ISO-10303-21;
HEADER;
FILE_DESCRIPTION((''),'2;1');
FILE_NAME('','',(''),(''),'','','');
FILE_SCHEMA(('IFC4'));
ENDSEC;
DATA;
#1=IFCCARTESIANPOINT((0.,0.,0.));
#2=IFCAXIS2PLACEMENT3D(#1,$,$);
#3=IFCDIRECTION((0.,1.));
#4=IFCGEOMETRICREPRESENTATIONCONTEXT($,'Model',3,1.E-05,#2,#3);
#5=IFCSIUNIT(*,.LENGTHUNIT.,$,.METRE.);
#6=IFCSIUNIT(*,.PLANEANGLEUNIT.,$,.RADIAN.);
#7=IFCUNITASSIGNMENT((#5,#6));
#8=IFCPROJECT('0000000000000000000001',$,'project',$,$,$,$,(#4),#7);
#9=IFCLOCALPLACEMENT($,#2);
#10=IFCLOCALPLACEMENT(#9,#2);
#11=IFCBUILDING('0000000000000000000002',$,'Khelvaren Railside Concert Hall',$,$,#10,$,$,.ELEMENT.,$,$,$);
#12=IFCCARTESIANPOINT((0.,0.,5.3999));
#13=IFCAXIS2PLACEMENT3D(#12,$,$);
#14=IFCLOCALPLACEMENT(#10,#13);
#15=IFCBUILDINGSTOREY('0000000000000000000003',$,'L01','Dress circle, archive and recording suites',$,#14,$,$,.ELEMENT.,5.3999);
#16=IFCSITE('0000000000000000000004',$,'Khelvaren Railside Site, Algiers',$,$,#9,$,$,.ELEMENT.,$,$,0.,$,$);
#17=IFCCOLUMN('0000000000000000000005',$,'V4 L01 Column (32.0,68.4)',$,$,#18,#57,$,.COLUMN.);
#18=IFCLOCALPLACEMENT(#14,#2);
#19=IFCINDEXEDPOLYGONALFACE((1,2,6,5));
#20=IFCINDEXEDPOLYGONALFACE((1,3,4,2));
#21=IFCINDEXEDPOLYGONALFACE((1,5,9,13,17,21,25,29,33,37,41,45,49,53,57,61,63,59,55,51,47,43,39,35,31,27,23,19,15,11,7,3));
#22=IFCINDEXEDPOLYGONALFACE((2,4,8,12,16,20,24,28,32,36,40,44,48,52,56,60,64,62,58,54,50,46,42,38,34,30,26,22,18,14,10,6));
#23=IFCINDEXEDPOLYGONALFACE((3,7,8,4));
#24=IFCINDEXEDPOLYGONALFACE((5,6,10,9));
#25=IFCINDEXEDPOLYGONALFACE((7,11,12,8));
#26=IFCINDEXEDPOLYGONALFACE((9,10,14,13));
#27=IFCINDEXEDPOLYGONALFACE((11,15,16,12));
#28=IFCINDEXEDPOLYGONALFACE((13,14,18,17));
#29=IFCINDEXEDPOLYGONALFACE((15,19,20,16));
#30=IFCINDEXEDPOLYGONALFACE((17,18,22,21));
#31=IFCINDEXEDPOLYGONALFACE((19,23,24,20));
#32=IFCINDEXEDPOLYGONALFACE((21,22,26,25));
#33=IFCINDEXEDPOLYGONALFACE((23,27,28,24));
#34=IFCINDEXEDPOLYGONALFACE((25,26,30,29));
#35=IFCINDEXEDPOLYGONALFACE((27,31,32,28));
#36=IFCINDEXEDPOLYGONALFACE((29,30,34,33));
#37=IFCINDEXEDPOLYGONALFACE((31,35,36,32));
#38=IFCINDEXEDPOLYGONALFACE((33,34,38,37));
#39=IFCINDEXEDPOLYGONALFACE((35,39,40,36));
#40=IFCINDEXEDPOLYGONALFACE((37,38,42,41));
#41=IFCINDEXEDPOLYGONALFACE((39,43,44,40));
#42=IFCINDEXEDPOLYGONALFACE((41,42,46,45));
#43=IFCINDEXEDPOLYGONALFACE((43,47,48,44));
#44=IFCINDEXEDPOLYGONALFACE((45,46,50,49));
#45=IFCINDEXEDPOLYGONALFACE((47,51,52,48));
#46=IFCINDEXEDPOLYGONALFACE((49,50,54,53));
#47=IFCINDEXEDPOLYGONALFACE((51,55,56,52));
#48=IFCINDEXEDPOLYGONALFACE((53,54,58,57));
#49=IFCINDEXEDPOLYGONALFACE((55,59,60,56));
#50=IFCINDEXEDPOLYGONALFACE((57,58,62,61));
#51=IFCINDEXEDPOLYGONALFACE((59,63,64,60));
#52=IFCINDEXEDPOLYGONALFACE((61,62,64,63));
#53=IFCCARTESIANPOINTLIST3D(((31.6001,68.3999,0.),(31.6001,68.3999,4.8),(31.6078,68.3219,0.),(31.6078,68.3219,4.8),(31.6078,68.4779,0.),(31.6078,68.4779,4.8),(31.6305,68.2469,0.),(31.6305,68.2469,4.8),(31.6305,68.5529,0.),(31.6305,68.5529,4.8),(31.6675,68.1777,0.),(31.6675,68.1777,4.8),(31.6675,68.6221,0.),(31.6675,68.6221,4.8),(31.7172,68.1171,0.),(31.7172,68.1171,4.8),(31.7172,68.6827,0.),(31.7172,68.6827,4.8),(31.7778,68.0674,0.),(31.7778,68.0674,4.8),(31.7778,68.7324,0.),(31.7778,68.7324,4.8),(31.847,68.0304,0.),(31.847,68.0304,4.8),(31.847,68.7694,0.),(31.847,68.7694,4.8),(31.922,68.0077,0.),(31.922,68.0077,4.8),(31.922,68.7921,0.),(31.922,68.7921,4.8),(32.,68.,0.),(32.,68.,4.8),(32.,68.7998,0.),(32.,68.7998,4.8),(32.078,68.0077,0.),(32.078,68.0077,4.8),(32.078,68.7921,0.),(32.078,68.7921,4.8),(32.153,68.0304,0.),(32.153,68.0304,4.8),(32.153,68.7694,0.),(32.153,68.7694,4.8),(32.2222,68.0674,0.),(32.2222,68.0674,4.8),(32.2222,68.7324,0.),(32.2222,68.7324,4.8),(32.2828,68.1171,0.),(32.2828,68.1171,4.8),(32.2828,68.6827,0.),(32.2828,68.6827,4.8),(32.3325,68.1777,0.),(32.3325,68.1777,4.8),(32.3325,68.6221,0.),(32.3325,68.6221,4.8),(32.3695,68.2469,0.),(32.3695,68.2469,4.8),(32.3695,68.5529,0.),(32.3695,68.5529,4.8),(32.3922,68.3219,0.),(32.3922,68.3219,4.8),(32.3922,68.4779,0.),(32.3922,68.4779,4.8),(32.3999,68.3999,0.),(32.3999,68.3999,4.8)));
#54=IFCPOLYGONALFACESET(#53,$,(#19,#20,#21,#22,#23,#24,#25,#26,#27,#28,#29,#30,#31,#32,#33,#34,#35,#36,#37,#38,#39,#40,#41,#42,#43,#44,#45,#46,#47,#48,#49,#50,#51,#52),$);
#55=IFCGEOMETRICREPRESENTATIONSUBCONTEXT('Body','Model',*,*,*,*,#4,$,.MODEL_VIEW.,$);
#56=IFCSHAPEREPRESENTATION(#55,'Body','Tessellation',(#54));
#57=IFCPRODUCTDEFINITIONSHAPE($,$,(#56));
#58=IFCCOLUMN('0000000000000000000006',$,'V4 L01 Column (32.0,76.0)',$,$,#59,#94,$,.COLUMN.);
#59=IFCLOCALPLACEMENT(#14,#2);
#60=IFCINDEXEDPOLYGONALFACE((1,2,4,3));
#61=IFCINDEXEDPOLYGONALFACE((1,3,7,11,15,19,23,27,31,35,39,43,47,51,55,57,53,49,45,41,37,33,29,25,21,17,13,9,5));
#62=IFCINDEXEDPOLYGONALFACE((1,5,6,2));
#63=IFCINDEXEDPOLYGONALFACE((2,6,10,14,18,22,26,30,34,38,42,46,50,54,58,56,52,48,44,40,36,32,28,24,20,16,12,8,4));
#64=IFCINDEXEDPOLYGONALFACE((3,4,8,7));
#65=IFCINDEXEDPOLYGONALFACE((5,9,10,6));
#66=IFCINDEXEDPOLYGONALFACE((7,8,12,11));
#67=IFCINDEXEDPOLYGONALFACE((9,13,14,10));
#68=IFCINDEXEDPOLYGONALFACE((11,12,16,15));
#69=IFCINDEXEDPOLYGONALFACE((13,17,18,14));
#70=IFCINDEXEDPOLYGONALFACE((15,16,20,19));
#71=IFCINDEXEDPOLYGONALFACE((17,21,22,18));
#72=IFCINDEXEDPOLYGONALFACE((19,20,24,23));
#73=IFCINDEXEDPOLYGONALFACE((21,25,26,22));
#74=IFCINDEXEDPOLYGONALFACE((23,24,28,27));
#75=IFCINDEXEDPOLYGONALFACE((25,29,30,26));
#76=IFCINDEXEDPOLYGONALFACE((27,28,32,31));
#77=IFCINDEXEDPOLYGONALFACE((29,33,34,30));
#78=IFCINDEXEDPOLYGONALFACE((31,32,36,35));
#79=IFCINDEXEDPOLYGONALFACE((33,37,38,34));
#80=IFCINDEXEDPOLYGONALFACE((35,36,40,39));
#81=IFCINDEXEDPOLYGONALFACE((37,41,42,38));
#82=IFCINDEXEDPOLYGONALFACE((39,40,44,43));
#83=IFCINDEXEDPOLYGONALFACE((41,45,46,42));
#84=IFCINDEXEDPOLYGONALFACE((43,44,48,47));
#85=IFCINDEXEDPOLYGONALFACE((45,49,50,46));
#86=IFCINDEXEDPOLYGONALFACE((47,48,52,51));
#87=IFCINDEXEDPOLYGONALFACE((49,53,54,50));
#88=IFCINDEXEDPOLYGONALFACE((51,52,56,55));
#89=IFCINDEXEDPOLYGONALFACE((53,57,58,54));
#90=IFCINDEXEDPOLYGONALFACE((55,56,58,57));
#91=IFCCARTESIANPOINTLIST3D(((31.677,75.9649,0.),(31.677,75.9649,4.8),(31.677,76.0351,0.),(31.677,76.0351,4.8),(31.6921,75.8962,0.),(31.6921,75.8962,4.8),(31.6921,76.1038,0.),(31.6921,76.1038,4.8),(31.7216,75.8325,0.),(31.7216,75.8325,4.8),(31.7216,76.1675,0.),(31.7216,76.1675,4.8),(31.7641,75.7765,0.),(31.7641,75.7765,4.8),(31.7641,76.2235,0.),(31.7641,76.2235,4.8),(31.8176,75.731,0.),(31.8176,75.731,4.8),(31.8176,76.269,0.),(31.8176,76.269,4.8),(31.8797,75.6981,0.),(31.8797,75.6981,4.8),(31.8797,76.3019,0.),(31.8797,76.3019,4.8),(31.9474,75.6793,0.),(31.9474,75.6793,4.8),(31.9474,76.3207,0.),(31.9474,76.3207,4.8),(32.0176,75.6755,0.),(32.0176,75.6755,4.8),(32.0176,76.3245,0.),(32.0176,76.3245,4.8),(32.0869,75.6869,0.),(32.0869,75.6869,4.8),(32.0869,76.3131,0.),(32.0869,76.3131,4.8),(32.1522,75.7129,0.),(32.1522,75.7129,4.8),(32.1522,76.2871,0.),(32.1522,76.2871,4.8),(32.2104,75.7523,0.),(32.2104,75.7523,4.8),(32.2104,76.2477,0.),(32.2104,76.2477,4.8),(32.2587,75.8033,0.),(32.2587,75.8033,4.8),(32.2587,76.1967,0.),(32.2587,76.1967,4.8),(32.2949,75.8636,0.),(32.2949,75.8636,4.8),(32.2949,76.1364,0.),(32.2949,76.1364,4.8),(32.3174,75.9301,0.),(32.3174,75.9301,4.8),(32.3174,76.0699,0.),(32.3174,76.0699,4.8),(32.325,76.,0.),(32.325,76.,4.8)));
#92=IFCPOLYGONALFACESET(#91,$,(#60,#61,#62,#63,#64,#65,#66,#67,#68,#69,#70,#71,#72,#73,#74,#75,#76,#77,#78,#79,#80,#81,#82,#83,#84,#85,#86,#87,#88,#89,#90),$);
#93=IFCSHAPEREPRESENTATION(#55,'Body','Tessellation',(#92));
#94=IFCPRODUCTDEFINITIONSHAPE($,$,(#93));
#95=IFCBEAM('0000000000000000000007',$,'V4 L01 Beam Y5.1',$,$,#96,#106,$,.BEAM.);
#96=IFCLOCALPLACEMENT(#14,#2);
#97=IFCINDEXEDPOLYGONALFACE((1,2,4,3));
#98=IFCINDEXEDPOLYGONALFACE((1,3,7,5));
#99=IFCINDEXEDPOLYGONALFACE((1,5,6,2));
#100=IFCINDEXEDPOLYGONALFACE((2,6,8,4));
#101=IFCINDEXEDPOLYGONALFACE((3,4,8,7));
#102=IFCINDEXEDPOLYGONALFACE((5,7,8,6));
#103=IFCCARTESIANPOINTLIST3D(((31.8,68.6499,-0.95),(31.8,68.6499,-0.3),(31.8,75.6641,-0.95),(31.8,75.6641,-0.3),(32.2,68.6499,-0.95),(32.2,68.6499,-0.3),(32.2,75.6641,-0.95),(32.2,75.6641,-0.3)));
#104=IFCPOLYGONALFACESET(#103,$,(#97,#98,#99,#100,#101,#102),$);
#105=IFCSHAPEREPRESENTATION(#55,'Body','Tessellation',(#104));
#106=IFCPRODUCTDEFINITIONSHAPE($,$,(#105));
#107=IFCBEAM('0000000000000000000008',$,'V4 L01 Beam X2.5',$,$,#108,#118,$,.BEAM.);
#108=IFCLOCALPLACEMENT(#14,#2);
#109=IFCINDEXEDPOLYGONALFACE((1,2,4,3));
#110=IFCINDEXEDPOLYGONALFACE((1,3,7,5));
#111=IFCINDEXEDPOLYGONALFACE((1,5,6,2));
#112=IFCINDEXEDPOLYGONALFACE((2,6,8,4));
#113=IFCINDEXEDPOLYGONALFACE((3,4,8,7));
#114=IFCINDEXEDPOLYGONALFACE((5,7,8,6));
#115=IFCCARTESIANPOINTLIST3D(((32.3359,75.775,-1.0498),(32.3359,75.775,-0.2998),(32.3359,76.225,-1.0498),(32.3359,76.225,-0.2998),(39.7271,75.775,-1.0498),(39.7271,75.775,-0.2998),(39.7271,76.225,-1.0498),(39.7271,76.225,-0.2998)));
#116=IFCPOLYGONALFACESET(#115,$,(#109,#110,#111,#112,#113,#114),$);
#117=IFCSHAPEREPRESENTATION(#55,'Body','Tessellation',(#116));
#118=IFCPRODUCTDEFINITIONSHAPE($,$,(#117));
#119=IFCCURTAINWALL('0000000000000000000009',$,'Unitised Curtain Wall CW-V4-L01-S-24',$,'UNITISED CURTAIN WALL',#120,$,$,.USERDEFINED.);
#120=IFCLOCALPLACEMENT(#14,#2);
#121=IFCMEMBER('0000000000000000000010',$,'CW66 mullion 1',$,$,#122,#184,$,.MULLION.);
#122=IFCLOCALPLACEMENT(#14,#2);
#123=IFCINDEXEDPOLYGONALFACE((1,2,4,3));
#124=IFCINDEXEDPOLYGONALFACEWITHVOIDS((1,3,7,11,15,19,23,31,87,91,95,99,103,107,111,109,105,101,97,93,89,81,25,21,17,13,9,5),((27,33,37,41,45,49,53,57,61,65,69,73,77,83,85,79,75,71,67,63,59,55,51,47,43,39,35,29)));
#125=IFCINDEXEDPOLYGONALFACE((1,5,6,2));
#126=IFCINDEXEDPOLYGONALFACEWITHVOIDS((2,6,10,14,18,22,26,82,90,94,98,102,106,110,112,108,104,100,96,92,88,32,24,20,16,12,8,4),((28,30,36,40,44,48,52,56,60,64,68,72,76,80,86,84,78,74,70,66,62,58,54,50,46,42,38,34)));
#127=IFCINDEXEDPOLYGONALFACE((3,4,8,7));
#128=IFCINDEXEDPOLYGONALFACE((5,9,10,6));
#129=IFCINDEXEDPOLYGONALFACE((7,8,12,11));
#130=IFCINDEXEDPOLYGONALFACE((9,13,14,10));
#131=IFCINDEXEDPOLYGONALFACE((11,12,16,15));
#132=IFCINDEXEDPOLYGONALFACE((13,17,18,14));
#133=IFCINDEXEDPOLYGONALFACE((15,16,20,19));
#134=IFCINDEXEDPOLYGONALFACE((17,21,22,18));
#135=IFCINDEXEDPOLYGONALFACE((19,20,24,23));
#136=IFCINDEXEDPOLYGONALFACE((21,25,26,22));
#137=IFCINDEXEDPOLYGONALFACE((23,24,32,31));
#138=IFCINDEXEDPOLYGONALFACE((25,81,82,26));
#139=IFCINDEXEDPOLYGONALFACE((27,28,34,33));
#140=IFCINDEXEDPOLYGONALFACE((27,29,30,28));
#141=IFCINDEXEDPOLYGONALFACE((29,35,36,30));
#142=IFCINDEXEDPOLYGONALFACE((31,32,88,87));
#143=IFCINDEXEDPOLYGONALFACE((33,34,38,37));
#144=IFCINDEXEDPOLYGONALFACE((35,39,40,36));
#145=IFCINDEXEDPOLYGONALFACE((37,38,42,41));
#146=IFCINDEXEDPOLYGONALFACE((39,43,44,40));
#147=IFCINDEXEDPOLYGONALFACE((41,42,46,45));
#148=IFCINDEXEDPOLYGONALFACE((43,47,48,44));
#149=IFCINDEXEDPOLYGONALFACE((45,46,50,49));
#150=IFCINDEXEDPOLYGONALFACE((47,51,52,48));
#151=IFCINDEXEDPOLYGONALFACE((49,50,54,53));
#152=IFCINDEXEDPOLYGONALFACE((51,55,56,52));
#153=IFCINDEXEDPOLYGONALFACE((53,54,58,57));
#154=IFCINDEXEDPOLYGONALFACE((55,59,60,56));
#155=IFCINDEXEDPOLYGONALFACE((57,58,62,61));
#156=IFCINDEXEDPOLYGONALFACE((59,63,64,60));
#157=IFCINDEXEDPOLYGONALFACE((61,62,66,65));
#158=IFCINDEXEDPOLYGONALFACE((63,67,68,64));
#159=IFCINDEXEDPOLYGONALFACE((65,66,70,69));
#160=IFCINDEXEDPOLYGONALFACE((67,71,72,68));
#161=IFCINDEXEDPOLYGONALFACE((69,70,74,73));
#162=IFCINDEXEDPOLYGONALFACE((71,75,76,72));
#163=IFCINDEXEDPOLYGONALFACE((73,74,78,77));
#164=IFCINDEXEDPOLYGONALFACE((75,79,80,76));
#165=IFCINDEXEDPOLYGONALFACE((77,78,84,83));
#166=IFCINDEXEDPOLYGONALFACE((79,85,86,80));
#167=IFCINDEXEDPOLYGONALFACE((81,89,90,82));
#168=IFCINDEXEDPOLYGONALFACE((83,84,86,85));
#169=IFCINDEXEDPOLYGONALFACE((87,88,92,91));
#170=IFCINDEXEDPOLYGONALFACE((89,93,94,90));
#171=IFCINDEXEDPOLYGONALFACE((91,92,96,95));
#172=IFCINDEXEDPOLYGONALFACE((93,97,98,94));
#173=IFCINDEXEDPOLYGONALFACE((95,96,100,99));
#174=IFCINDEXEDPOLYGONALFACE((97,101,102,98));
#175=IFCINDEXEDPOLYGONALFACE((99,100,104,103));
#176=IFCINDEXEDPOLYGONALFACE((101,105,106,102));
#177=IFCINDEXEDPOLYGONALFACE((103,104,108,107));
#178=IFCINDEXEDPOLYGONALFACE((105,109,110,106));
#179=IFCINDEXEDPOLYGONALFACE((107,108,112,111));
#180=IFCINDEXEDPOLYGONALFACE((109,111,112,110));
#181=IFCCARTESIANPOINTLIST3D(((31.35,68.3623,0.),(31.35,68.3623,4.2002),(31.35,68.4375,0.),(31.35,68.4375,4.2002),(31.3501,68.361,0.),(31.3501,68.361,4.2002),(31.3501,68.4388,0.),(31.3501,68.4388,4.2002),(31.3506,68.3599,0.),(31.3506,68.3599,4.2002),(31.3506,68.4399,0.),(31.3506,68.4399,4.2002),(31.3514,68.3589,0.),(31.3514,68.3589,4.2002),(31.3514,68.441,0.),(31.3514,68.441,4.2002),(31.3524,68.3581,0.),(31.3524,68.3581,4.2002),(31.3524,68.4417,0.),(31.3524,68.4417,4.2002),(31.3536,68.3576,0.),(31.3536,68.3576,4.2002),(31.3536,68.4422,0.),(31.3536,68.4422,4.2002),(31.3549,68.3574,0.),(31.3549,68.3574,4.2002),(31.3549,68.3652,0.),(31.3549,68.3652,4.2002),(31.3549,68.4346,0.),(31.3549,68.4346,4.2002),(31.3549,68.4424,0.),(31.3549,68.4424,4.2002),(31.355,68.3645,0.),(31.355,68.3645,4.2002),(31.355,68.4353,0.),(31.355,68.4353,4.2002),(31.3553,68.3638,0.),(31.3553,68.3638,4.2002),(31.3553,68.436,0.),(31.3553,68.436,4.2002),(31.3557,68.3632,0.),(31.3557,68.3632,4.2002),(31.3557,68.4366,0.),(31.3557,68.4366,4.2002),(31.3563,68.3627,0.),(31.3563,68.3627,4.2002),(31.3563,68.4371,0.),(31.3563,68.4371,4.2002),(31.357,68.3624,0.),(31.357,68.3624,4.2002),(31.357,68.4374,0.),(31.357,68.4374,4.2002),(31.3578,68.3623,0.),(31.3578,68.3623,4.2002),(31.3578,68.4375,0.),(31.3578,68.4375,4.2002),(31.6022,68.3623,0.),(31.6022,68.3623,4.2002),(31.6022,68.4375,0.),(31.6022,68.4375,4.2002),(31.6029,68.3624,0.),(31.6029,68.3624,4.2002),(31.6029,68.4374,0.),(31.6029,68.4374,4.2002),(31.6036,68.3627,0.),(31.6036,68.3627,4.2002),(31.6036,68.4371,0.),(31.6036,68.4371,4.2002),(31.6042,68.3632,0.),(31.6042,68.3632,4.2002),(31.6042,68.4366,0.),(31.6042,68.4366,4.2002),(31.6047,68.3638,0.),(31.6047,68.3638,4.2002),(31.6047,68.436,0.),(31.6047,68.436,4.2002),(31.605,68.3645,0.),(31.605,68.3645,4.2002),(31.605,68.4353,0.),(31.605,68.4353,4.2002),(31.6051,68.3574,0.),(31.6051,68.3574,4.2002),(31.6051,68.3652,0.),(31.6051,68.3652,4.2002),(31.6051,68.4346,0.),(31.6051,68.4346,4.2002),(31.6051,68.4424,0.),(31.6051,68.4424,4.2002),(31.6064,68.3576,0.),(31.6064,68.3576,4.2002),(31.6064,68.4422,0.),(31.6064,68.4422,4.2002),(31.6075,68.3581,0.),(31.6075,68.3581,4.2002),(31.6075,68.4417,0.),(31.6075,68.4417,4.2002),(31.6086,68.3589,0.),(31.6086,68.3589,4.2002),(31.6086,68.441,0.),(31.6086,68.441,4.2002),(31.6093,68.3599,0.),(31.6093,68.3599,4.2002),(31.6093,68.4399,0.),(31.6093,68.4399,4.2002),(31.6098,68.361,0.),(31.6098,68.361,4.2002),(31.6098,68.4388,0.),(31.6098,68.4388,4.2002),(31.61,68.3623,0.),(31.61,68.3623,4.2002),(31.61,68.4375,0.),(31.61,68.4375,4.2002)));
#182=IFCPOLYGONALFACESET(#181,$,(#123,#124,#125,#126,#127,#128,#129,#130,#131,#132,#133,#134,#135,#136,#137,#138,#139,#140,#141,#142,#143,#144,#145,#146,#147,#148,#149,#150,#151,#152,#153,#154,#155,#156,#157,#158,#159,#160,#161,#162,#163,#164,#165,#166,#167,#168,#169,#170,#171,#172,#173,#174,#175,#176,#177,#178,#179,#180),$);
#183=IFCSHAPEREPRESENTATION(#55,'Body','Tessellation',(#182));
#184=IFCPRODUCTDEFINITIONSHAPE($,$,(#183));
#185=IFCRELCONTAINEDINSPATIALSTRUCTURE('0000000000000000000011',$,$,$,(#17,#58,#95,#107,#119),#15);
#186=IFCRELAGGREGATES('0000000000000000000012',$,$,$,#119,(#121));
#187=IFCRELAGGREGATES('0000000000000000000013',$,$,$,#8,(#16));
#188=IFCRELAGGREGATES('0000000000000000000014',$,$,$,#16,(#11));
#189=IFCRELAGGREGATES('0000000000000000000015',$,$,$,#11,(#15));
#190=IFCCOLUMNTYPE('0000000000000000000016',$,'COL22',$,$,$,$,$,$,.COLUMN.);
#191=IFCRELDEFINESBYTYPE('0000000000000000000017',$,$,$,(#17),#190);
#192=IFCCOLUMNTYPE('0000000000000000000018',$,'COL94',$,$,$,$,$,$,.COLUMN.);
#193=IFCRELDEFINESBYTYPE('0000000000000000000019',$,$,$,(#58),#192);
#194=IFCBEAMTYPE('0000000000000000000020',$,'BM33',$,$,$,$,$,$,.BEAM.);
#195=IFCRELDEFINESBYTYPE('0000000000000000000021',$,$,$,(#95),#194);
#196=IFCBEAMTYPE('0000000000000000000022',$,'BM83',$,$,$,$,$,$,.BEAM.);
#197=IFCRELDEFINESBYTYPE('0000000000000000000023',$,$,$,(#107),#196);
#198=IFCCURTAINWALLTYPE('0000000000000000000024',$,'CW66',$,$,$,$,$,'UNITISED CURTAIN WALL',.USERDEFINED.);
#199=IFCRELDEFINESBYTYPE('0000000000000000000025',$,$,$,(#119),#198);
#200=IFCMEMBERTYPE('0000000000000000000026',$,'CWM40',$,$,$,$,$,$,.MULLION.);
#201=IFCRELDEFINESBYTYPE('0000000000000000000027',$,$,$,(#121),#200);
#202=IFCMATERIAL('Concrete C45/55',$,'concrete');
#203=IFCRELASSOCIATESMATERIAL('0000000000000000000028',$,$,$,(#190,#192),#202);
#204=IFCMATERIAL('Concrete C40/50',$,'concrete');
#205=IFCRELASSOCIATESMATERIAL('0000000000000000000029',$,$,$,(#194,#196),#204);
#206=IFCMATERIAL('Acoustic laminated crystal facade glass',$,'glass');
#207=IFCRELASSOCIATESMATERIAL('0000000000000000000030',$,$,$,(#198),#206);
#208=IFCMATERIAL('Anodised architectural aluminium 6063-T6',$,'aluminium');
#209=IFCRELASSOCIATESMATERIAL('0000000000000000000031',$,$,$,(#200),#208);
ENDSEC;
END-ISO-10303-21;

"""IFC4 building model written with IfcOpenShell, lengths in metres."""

from ifc_helpers import new_model, si_unit, direction, frame, origin, origin_2d, place, context, subcontext, project, spatial, rectangle, hollow_rectangle, circle, extrude, material, material_profile, profile_set, type_object, element, aggregate, save


model = new_model("IFC4")

# Units and contexts
model_context = context("Model", 3, precision=1e-05, world=origin(), true_north=direction((0.0, 1.0)))
body_context = subcontext(model_context, "Body", "Model", "MODEL_VIEW")
ifc_project = project(units=[si_unit("LENGTHUNIT", "METRE"), si_unit("PLANEANGLEUNIT", "RADIAN")], contexts=[model_context])

# Site, building, storey
site_placement = place(None, origin())
site = spatial("IfcSite", under=ifc_project, at=site_placement, Name="Khelvaren Railside Site, Algiers", CompositionType="ELEMENT", RefElevation=0.0)
building_placement = place(site_placement, origin())
building = spatial("IfcBuilding", under=site, at=building_placement, Name="Khelvaren Railside Concert Hall", CompositionType="ELEMENT")
storey_placement = place(building_placement, frame((0.0, 0.0, 5.3999)))
storey = spatial("IfcBuildingStorey", under=building, at=storey_placement, Name="L01", Description="Dress circle, archive and recording suites", CompositionType="ELEMENT", Elevation=5.3999)

# Columns
ifc_material_1 = material(Name="Concrete C45/55", Category="concrete")
ifc_material_profile_1 = material_profile(ifc_material_1, circle(Radius=0.3999, at=origin_2d()), Name="RC D800")
ifc_profile_set_1 = profile_set([ifc_material_profile_1], Name="Concrete C45/55")
column_type_1 = type_object("IfcColumnType", Name="COL22", PredefinedType="COLUMN", material=ifc_profile_set_1)
column_1_placement = place(storey_placement, frame((32.0, 68.3999, 0.0), z_axis=(0.0, 0.0, 1.0), x_axis=(1.0, 0.0, 0.0)))
element("IfcColumn", 1, at=column_1_placement, inside=storey, type_object=column_type_1, Name="V4 L01 Column (32.0,68.4)", PredefinedType="COLUMN", context=body_context, shape_type="SweptSolid", body=[
    extrude(circle(Radius=0.3999, at=origin_2d()), origin(), (0.0, 0.0, 1.0), 4.8),
])
ifc_material_profile_2 = material_profile(ifc_material_1, circle(Radius=0.325, at=origin_2d()), Name="RC D650")
ifc_profile_set_2 = profile_set([ifc_material_profile_2], Name="Concrete C45/55")
column_type_2 = type_object("IfcColumnType", Name="COL94", PredefinedType="COLUMN", material=ifc_profile_set_2)
column_2_placement = place(storey_placement, frame((32.0, 76.0, 0.0), z_axis=(0.0, 0.0, 1.0), x_axis=(1.0, 0.0, 0.0)))
element("IfcColumn", 2, at=column_2_placement, inside=storey, type_object=column_type_2, Name="V4 L01 Column (32.0,76.0)", PredefinedType="COLUMN", context=body_context, shape_type="SweptSolid", body=[
    extrude(circle(Radius=0.325, at=origin_2d()), origin(), (0.0, 0.0, 1.0), 4.8),
])

# Beams
ifc_material_2 = material(Name="Concrete C40/50", Category="concrete")
ifc_material_profile_3 = material_profile(ifc_material_2, rectangle(XDim=0.3999, YDim=0.6499, at=origin_2d()), Name="RCB 400x650")
ifc_profile_set_3 = profile_set([ifc_material_profile_3], Name="Concrete C40/50")
beam_type_1 = type_object("IfcBeamType", Name="BM33", PredefinedType="BEAM", material=ifc_profile_set_3)
beam_1_placement = place(storey_placement, frame((32.0, 68.6499, -0.625), z_axis=(0.0, 1.0, 0.0), x_axis=(-1.0, 0.0, 0.0)))
element("IfcBeam", 3, at=beam_1_placement, inside=storey, type_object=beam_type_1, Name="V4 L01 Beam Y5.1", PredefinedType="BEAM", context=body_context, shape_type="SweptSolid", body=[
    extrude(rectangle(XDim=0.3999, YDim=0.6499, at=origin_2d()), origin(), (0.0, 0.0, 1.0), 7.0142),
])
ifc_material_profile_4 = material_profile(ifc_material_2, rectangle(XDim=0.45, YDim=0.75, at=origin_2d()), Name="RCB 450x750")
ifc_profile_set_4 = profile_set([ifc_material_profile_4], Name="Concrete C40/50")
beam_type_2 = type_object("IfcBeamType", Name="BM83", PredefinedType="BEAM", material=ifc_profile_set_4)
beam_2_placement = place(storey_placement, frame((32.3359, 76.0, -0.6748), z_axis=(1.0, 0.0, 0.0), x_axis=(0.0, 1.0, 0.0)))
element("IfcBeam", 4, at=beam_2_placement, inside=storey, type_object=beam_type_2, Name="V4 L01 Beam X2.5", PredefinedType="BEAM", context=body_context, shape_type="SweptSolid", body=[
    extrude(rectangle(XDim=0.45, YDim=0.75, at=origin_2d()), origin(), (0.0, 0.0, 1.0), 7.3911),
])

# Curtain wall, member
ifc_material_3 = material(Name="Acoustic laminated crystal facade glass", Category="glass")
curtain_wall_type = type_object("IfcCurtainWallType", Name="CW66", ElementType="UNITISED CURTAIN WALL", PredefinedType="USERDEFINED", material=ifc_material_3)
curtain_wall_placement = place(storey_placement, origin())
curtain_wall = element("IfcCurtainWall", 5, at=curtain_wall_placement, inside=storey, type_object=curtain_wall_type, Name="Unitised Curtain Wall CW-V4-L01-S-24", ObjectType="UNITISED CURTAIN WALL", PredefinedType="USERDEFINED")
ifc_material_4 = material(Name="Anodised architectural aluminium 6063-T6", Category="aluminium")
ifc_material_profile_5 = material_profile(ifc_material_4, hollow_rectangle(XDim=0.085, YDim=0.26, WallThickness=0.0049, InnerFilletRadius=0.0029, OuterFilletRadius=0.0049, at=origin_2d()), Name="CWM 85x260x5")
ifc_profile_set_5 = profile_set([ifc_material_profile_5], Name="Anodised architectural aluminium 6063-T6")
member_type_1 = type_object("IfcMemberType", Name="CWM40", PredefinedType="MULLION", material=ifc_profile_set_5)
member_1_placement = place(storey_placement, frame((31.48, 68.3999, 0.0), z_axis=(0.0, 0.0, 1.0), x_axis=(0.0, -1.0, 0.0)))
member_1 = element("IfcMember", 6, at=member_1_placement, type_object=member_type_1, Name="CW66 mullion 1", PredefinedType="MULLION", context=body_context, shape_type="SweptSolid", body=[
    extrude(hollow_rectangle(XDim=0.085, YDim=0.26, WallThickness=0.0049, InnerFilletRadius=0.0029, OuterFilletRadius=0.0049, at=origin_2d()), origin(), (0.0, 0.0, 1.0), 4.2002),
])

aggregate(curtain_wall, [member_1])

save(model, "model.ifc")
